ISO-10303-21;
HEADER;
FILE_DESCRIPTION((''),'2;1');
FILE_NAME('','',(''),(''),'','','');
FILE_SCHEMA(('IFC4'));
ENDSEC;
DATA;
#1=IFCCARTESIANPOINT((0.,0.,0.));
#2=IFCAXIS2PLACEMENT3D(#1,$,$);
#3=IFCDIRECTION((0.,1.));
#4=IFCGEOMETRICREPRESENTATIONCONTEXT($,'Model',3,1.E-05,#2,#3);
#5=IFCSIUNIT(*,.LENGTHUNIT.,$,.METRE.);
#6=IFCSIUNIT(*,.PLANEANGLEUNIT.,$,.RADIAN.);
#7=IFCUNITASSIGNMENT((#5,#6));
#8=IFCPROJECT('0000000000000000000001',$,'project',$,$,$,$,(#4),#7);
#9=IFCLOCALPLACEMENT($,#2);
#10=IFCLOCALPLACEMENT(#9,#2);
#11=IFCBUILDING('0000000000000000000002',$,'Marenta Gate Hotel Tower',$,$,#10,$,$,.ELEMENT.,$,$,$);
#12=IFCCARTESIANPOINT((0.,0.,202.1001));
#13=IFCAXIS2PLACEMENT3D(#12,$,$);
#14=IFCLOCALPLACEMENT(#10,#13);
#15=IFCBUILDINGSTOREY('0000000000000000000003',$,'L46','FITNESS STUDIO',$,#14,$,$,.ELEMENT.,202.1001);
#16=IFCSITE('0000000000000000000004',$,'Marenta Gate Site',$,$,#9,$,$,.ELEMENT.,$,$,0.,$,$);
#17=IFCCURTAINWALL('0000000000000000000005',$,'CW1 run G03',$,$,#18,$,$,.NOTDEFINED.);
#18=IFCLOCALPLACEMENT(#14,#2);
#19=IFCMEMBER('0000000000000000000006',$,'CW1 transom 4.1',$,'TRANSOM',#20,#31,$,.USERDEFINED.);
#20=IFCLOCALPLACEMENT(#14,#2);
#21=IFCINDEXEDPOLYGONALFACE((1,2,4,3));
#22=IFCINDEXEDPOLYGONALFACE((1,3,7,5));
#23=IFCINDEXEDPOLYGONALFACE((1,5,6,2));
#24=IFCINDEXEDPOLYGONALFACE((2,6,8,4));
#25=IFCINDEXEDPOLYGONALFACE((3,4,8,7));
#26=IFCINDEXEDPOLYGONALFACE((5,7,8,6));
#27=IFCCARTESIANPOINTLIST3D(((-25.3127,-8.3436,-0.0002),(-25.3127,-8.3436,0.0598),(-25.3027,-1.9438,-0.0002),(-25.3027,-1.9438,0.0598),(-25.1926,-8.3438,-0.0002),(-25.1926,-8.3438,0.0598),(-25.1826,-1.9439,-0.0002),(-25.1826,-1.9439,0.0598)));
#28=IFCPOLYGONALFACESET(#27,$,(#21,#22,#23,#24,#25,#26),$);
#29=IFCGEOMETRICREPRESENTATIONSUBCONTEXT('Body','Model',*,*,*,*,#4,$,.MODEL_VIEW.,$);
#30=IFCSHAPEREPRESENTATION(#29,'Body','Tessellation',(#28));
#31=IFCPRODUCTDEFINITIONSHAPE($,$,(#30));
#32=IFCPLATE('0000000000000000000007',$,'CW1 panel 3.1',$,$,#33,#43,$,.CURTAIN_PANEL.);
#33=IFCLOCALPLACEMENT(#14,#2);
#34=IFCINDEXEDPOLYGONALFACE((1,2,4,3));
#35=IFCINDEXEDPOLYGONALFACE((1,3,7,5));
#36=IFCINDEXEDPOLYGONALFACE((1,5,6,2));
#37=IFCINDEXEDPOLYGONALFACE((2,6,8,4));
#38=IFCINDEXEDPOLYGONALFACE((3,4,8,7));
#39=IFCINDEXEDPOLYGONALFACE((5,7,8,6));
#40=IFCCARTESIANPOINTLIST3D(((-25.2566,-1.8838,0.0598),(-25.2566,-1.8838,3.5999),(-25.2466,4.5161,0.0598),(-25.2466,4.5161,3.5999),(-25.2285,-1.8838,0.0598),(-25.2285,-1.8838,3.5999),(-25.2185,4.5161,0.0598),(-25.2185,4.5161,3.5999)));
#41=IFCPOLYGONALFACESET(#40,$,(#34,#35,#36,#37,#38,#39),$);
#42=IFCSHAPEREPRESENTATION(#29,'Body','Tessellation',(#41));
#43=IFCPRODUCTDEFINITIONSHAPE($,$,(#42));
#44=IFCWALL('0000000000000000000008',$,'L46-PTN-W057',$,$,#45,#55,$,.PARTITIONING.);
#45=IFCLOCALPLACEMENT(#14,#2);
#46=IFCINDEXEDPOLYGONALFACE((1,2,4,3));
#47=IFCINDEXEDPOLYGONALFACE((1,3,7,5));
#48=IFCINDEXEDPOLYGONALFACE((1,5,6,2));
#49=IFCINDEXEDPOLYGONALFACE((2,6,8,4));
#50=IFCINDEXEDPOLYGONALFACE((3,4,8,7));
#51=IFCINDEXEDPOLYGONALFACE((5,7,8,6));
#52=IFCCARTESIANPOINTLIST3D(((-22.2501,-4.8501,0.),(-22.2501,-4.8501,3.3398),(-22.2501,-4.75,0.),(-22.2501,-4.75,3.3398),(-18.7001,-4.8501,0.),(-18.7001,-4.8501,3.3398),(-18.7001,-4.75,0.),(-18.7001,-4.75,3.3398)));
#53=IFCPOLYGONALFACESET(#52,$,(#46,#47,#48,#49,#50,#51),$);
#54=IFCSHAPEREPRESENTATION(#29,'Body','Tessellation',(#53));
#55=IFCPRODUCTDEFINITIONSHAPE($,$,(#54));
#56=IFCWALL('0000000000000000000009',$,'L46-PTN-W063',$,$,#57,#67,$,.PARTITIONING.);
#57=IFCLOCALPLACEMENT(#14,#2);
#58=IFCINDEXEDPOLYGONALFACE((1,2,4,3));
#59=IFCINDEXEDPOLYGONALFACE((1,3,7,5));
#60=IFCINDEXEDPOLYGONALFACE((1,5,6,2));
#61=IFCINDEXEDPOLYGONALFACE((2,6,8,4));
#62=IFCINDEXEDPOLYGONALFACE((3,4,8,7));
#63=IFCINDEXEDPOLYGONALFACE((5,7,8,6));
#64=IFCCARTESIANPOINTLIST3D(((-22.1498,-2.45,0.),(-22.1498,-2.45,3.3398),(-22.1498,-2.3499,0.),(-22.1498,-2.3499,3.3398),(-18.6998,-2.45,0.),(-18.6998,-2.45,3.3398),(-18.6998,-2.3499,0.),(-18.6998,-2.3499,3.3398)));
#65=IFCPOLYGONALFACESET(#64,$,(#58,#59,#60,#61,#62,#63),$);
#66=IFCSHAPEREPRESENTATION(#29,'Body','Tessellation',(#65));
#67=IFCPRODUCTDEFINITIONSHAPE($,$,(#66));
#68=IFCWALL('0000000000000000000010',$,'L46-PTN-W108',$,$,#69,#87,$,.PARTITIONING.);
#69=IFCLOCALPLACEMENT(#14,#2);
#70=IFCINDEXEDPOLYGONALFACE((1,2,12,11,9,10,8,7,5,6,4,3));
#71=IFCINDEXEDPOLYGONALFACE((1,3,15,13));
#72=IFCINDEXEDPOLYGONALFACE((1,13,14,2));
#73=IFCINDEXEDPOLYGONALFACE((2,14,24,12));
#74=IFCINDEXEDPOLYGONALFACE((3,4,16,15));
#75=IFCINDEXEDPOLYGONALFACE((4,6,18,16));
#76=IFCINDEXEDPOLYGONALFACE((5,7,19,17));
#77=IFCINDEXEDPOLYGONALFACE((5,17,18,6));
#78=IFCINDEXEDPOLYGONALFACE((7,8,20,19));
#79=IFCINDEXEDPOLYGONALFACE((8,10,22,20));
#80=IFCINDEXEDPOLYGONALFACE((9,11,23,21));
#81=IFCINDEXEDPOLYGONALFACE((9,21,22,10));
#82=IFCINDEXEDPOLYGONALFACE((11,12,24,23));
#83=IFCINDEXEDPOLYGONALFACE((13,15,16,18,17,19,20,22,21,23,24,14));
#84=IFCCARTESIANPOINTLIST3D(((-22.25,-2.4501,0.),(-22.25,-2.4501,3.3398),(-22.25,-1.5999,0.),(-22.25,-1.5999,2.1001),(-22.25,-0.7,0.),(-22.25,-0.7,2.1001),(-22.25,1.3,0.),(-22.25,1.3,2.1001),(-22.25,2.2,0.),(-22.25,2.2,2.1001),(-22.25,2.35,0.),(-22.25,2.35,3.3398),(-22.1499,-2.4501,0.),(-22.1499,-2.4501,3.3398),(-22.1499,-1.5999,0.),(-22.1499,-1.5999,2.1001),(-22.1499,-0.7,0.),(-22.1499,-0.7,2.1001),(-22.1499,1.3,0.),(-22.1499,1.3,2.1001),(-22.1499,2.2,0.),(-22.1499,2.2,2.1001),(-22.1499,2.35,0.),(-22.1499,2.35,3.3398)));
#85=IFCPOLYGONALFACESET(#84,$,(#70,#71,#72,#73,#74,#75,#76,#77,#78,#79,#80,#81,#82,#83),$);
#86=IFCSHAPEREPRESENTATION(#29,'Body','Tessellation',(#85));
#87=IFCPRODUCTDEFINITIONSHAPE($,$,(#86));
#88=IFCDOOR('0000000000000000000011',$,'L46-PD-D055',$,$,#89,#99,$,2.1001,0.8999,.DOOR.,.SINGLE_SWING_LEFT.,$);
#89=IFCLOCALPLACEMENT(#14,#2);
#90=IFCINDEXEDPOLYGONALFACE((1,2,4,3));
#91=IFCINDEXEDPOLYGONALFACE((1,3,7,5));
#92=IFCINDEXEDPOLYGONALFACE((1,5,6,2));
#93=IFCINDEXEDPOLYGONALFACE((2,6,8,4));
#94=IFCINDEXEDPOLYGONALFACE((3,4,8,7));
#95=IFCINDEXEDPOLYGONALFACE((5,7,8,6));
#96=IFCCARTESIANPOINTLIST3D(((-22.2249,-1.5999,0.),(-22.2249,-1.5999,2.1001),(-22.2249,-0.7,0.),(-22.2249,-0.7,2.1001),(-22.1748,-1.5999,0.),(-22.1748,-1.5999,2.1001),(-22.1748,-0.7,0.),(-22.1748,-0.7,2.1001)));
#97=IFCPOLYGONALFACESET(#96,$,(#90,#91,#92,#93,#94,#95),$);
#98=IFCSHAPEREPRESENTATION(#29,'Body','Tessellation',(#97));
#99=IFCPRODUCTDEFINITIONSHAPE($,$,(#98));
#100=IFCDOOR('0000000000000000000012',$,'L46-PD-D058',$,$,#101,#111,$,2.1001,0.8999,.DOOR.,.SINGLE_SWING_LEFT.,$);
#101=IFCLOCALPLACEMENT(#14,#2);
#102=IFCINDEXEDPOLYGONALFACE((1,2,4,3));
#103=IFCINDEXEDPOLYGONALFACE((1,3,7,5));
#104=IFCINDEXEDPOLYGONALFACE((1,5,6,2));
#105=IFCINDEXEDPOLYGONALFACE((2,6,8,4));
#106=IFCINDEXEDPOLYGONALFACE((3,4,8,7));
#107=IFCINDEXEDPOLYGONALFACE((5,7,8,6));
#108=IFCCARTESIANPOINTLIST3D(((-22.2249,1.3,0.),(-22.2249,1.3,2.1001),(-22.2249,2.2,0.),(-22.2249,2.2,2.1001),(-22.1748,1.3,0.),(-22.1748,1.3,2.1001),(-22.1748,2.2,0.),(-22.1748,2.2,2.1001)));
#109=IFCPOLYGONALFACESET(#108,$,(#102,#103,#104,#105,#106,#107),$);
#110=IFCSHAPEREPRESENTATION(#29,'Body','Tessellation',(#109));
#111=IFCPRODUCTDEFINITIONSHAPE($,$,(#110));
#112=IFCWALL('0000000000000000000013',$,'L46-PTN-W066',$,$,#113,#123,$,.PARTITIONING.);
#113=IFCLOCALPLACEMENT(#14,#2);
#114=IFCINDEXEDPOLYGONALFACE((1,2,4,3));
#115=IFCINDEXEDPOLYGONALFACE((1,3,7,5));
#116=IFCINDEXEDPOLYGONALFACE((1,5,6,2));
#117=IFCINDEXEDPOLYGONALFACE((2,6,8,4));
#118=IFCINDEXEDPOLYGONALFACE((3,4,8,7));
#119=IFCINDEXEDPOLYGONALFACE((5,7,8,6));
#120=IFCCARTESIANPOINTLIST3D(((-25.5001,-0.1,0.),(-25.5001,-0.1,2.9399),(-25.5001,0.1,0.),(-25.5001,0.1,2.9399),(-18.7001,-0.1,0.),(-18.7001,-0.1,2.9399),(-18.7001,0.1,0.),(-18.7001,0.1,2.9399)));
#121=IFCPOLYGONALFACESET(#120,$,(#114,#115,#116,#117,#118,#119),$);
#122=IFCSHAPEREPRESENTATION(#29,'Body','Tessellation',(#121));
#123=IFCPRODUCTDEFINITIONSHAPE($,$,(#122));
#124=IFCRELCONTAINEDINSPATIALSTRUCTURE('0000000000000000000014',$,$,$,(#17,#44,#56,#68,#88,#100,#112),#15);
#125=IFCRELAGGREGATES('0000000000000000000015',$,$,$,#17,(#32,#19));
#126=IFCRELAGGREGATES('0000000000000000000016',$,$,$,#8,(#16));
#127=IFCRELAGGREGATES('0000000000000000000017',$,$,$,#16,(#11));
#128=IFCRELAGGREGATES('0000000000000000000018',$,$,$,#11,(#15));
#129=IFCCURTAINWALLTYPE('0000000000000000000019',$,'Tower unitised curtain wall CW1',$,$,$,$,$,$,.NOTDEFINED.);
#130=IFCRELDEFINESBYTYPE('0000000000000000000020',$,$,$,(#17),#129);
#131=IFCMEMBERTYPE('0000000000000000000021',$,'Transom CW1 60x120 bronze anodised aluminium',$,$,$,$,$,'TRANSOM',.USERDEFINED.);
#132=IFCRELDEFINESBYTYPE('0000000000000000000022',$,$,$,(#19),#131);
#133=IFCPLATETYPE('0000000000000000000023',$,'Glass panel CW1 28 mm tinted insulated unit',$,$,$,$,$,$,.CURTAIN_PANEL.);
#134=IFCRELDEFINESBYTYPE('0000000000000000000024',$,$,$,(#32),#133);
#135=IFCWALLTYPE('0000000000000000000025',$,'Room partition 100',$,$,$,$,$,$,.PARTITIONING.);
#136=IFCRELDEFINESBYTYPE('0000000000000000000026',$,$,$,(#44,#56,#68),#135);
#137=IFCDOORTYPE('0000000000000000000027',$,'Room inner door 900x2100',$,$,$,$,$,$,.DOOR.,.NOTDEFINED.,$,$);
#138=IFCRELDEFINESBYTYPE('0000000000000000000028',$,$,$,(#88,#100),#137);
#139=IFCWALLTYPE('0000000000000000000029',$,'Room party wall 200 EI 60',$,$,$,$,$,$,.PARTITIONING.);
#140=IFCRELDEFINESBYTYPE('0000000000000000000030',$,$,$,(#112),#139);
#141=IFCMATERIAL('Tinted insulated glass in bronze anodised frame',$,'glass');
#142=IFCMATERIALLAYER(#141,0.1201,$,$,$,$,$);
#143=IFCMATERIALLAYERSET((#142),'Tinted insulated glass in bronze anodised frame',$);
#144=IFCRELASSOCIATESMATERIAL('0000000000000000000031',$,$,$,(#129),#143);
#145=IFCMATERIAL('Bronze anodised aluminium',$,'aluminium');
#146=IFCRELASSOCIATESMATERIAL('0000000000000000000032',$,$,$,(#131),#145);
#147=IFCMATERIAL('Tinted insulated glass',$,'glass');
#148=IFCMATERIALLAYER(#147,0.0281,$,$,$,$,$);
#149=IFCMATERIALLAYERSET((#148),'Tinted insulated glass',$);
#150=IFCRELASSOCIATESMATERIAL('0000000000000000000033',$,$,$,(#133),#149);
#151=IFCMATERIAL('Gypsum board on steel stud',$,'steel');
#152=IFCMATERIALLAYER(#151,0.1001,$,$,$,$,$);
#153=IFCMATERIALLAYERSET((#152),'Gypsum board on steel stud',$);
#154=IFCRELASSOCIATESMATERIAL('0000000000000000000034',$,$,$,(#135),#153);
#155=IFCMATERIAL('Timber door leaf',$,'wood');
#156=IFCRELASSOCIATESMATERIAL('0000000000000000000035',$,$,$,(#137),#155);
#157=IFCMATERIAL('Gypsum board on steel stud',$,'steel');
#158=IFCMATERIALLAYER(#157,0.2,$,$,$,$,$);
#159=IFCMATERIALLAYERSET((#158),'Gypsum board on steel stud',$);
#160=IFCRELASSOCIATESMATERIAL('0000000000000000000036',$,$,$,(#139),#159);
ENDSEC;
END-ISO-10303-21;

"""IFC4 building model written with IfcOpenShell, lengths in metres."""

from ifc_helpers import new_model, si_unit, direction, frame, frame_2d, origin, origin_2d, place, context, subcontext, project, spatial, rectangle, extrude, material, layer, layer_set, material_profile, profile_set, type_object, element, fill, aggregate, save


model = new_model("IFC4")

# Units and contexts
model_context = context("Model", 3, precision=1e-05, world=origin(), true_north=direction((0.0, 1.0)))
body_context = subcontext(model_context, "Body", "Model", "MODEL_VIEW")
ifc_project = project(units=[si_unit("LENGTHUNIT", "METRE"), si_unit("PLANEANGLEUNIT", "RADIAN")], contexts=[model_context])

# Site, building, storey
site_placement = place(None, origin())
site = spatial("IfcSite", under=ifc_project, at=site_placement, Name="Marenta Gate Site", CompositionType="ELEMENT", RefElevation=0.0)
building_placement = place(site_placement, origin())
building = spatial("IfcBuilding", under=site, at=building_placement, Name="Marenta Gate Hotel Tower", CompositionType="ELEMENT")
storey_placement = place(building_placement, frame((0.0, 0.0, 202.1001)))
storey = spatial("IfcBuildingStorey", under=building, at=storey_placement, Name="L46", Description="FITNESS STUDIO", CompositionType="ELEMENT", Elevation=202.1001)

# Curtain wall, member, plate
ifc_material_1 = material(Name="Tinted insulated glass in bronze anodised frame", Category="glass")
ifc_layer_1 = layer(ifc_material_1, 0.1201)
ifc_layer_set_1 = layer_set([ifc_layer_1], Name="Tinted insulated glass in bronze anodised frame")
curtain_wall_type = type_object("IfcCurtainWallType", Name="Tower unitised curtain wall CW1", PredefinedType="NOTDEFINED", material=ifc_layer_set_1)
curtain_wall_placement = place(storey_placement, origin())
curtain_wall = element("IfcCurtainWall", 1, at=curtain_wall_placement, inside=storey, type_object=curtain_wall_type, Name="CW1 run G03", PredefinedType="NOTDEFINED")
ifc_material_2 = material(Name="Bronze anodised aluminium", Category="aluminium")
ifc_material_profile_1 = material_profile(ifc_material_2, rectangle(XDim=0.1201, YDim=0.0601, at=origin_2d()), Name="Transom CW1 60x120 bronze anodised aluminium")
ifc_profile_set_1 = profile_set([ifc_material_profile_1], Name="Bronze anodised aluminium")
member_type_1 = type_object("IfcMemberType", Name="Transom CW1 60x120 bronze anodised aluminium", ElementType="TRANSOM", PredefinedType="USERDEFINED", material=ifc_profile_set_1)
member_1_placement = place(storey_placement, frame((-25.2427, -1.9438, 0.0298), z_axis=(-0.001564, -0.999999, 0.0), x_axis=(0.999999, -0.001564, 0.0)))
member_1 = element("IfcMember", 2, at=member_1_placement, type_object=member_type_1, Name="CW1 transom 4.1", ObjectType="TRANSOM", PredefinedType="USERDEFINED", context=body_context, shape_type="SweptSolid", body=[
    extrude(rectangle(XDim=0.1201, YDim=0.0601, at=origin_2d()), origin(), (0.0, 0.0, 1.0), 6.3999),
])
ifc_material_3 = material(Name="Tinted insulated glass", Category="glass")
ifc_layer_2 = layer(ifc_material_3, 0.0281)
ifc_layer_set_2 = layer_set([ifc_layer_2], Name="Tinted insulated glass")
plate_type = type_object("IfcPlateType", Name="Glass panel CW1 28 mm tinted insulated unit", PredefinedType="CURTAIN_PANEL", material=ifc_layer_set_2)
plate_placement = place(storey_placement, frame((-25.2375, 1.3162, 0.0598), z_axis=(0.0, 0.0, 1.0), x_axis=(-0.001566, -0.999999, 0.0)))
plate = element("IfcPlate", 3, at=plate_placement, type_object=plate_type, Name="CW1 panel 3.1", PredefinedType="CURTAIN_PANEL", context=body_context, shape_type="SweptSolid", body=[
    extrude(rectangle(XDim=6.3999, YDim=0.0281, at=origin_2d()), origin(), (0.0, 0.0, 1.0), 3.54),
])
aggregate(curtain_wall, [plate, member_1])

# Walls
ifc_material_4 = material(Name="Gypsum board on steel stud", Category="steel")
ifc_layer_3 = layer(ifc_material_4, 0.1001)
ifc_layer_set_3 = layer_set([ifc_layer_3], Name="Gypsum board on steel stud")
wall_type_1 = type_object("IfcWallType", Name="Room partition 100", PredefinedType="PARTITIONING", material=ifc_layer_set_3)
wall_1_placement = place(storey_placement, frame((-22.25, -4.8, 0.0), z_axis=(0.0, 0.0, 1.0), x_axis=(1.0, 0.0, 0.0)))
element("IfcWall", 4, at=wall_1_placement, inside=storey, type_object=wall_type_1, Name="L46-PTN-W057", PredefinedType="PARTITIONING", context=body_context, shape_type="SweptSolid", body=[
    extrude(rectangle(XDim=3.55, YDim=0.1001, at=frame_2d((1.7749, 0.0))), origin(), (0.0, 0.0, 1.0), 3.3398),
])
wall_2_placement = place(storey_placement, frame((-22.1499, -2.3999, 0.0), z_axis=(0.0, 0.0, 1.0), x_axis=(1.0, 0.0, 0.0)))
element("IfcWall", 5, at=wall_2_placement, inside=storey, type_object=wall_type_1, Name="L46-PTN-W063", PredefinedType="PARTITIONING", context=body_context, shape_type="SweptSolid", body=[
    extrude(rectangle(XDim=3.45, YDim=0.1001, at=frame_2d((1.7251, 0.0))), origin(), (0.0, 0.0, 1.0), 3.3398),
])

# Wall, openings, doors
wall_3_placement = place(storey_placement, frame((-22.2, -2.45, 0.0), z_axis=(0.0, 0.0, 1.0), x_axis=(0.0, 1.0, 0.0)))
wall_3 = element("IfcWall", 6, at=wall_3_placement, inside=storey, type_object=wall_type_1, Name="L46-PTN-W108", PredefinedType="PARTITIONING", context=body_context, shape_type="SweptSolid", body=[
    extrude(rectangle(XDim=4.8, YDim=0.1001, at=frame_2d((2.3999, 0.0))), origin(), (0.0, 0.0, 1.0), 3.3398),
])
opening_1_placement = place(wall_3_placement, frame((0.8501, 0.0, 0.0)))
opening_1 = element("IfcOpeningElement", 7, at=opening_1_placement, cuts=wall_3, PredefinedType="OPENING", context=body_context, shape_type="SweptSolid", body=[
    extrude(rectangle(XDim=0.8999, YDim=2.1001, at=frame_2d((0.45, 1.05))), frame((0.0, 0.05, 0.0), z_axis=(0.0, -1.0, 0.0), x_axis=(1.0, 0.0, 0.0)), (0.0, 0.0, 1.0), 0.1001),
])
opening_2_placement = place(wall_3_placement, frame((3.75, 0.0, 0.0)))
opening_2 = element("IfcOpeningElement", 8, at=opening_2_placement, cuts=wall_3, PredefinedType="OPENING", context=body_context, shape_type="SweptSolid", body=[
    extrude(rectangle(XDim=0.8999, YDim=2.1001, at=frame_2d((0.45, 1.05))), frame((0.0, 0.05, 0.0), z_axis=(0.0, -1.0, 0.0), x_axis=(1.0, 0.0, 0.0)), (0.0, 0.0, 1.0), 0.1001),
])
ifc_material_5 = material(Name="Timber door leaf", Category="wood")
door_type_1 = type_object("IfcDoorType", Name="Room inner door 900x2100", OperationType="NOTDEFINED", PredefinedType="DOOR", material=ifc_material_5)
door_1_placement = place(opening_1_placement, origin())
door_1 = element("IfcDoor", 9, at=door_1_placement, inside=storey, type_object=door_type_1, Name="L46-PD-D055", OperationType="SINGLE_SWING_LEFT", OverallHeight=2.1001, OverallWidth=0.8999, PredefinedType="DOOR", context=body_context, shape_type="SweptSolid", body=[
    extrude(rectangle(XDim=0.8999, YDim=2.1001, at=frame_2d((0.45, 1.05))), frame((0.0, 0.0249, 0.0), z_axis=(0.0, -1.0, 0.0), x_axis=(1.0, 0.0, 0.0)), (0.0, 0.0, 1.0), 0.05),
])
fill(opening_1, door_1)
door_2_placement = place(opening_2_placement, origin())
door_2 = element("IfcDoor", 10, at=door_2_placement, inside=storey, type_object=door_type_1, Name="L46-PD-D058", OperationType="SINGLE_SWING_LEFT", OverallHeight=2.1001, OverallWidth=0.8999, PredefinedType="DOOR", context=body_context, shape_type="SweptSolid", body=[
    extrude(rectangle(XDim=0.8999, YDim=2.1001, at=frame_2d((0.45, 1.05))), frame((0.0, 0.0249, 0.0), z_axis=(0.0, -1.0, 0.0), x_axis=(1.0, 0.0, 0.0)), (0.0, 0.0, 1.0), 0.05),
])
fill(opening_2, door_2)

# Wall
ifc_material_6 = material(Name="Gypsum board on steel stud", Category="steel")
ifc_layer_4 = layer(ifc_material_6, 0.2)
ifc_layer_set_4 = layer_set([ifc_layer_4], Name="Gypsum board on steel stud")
wall_type_2 = type_object("IfcWallType", Name="Room party wall 200 EI 60", PredefinedType="PARTITIONING", material=ifc_layer_set_4)
wall_4_placement = place(storey_placement, frame((-25.5, 0.0, 0.0), z_axis=(0.0, 0.0, 1.0), x_axis=(1.0, 0.0, 0.0)))
element("IfcWall", 11, at=wall_4_placement, inside=storey, type_object=wall_type_2, Name="L46-PTN-W066", PredefinedType="PARTITIONING", context=body_context, shape_type="SweptSolid", body=[
    extrude(rectangle(XDim=6.8, YDim=0.2, at=frame_2d((3.3999, 0.0))), origin(), (0.0, 0.0, 1.0), 2.9399),
])

save(model, "model.ifc")
